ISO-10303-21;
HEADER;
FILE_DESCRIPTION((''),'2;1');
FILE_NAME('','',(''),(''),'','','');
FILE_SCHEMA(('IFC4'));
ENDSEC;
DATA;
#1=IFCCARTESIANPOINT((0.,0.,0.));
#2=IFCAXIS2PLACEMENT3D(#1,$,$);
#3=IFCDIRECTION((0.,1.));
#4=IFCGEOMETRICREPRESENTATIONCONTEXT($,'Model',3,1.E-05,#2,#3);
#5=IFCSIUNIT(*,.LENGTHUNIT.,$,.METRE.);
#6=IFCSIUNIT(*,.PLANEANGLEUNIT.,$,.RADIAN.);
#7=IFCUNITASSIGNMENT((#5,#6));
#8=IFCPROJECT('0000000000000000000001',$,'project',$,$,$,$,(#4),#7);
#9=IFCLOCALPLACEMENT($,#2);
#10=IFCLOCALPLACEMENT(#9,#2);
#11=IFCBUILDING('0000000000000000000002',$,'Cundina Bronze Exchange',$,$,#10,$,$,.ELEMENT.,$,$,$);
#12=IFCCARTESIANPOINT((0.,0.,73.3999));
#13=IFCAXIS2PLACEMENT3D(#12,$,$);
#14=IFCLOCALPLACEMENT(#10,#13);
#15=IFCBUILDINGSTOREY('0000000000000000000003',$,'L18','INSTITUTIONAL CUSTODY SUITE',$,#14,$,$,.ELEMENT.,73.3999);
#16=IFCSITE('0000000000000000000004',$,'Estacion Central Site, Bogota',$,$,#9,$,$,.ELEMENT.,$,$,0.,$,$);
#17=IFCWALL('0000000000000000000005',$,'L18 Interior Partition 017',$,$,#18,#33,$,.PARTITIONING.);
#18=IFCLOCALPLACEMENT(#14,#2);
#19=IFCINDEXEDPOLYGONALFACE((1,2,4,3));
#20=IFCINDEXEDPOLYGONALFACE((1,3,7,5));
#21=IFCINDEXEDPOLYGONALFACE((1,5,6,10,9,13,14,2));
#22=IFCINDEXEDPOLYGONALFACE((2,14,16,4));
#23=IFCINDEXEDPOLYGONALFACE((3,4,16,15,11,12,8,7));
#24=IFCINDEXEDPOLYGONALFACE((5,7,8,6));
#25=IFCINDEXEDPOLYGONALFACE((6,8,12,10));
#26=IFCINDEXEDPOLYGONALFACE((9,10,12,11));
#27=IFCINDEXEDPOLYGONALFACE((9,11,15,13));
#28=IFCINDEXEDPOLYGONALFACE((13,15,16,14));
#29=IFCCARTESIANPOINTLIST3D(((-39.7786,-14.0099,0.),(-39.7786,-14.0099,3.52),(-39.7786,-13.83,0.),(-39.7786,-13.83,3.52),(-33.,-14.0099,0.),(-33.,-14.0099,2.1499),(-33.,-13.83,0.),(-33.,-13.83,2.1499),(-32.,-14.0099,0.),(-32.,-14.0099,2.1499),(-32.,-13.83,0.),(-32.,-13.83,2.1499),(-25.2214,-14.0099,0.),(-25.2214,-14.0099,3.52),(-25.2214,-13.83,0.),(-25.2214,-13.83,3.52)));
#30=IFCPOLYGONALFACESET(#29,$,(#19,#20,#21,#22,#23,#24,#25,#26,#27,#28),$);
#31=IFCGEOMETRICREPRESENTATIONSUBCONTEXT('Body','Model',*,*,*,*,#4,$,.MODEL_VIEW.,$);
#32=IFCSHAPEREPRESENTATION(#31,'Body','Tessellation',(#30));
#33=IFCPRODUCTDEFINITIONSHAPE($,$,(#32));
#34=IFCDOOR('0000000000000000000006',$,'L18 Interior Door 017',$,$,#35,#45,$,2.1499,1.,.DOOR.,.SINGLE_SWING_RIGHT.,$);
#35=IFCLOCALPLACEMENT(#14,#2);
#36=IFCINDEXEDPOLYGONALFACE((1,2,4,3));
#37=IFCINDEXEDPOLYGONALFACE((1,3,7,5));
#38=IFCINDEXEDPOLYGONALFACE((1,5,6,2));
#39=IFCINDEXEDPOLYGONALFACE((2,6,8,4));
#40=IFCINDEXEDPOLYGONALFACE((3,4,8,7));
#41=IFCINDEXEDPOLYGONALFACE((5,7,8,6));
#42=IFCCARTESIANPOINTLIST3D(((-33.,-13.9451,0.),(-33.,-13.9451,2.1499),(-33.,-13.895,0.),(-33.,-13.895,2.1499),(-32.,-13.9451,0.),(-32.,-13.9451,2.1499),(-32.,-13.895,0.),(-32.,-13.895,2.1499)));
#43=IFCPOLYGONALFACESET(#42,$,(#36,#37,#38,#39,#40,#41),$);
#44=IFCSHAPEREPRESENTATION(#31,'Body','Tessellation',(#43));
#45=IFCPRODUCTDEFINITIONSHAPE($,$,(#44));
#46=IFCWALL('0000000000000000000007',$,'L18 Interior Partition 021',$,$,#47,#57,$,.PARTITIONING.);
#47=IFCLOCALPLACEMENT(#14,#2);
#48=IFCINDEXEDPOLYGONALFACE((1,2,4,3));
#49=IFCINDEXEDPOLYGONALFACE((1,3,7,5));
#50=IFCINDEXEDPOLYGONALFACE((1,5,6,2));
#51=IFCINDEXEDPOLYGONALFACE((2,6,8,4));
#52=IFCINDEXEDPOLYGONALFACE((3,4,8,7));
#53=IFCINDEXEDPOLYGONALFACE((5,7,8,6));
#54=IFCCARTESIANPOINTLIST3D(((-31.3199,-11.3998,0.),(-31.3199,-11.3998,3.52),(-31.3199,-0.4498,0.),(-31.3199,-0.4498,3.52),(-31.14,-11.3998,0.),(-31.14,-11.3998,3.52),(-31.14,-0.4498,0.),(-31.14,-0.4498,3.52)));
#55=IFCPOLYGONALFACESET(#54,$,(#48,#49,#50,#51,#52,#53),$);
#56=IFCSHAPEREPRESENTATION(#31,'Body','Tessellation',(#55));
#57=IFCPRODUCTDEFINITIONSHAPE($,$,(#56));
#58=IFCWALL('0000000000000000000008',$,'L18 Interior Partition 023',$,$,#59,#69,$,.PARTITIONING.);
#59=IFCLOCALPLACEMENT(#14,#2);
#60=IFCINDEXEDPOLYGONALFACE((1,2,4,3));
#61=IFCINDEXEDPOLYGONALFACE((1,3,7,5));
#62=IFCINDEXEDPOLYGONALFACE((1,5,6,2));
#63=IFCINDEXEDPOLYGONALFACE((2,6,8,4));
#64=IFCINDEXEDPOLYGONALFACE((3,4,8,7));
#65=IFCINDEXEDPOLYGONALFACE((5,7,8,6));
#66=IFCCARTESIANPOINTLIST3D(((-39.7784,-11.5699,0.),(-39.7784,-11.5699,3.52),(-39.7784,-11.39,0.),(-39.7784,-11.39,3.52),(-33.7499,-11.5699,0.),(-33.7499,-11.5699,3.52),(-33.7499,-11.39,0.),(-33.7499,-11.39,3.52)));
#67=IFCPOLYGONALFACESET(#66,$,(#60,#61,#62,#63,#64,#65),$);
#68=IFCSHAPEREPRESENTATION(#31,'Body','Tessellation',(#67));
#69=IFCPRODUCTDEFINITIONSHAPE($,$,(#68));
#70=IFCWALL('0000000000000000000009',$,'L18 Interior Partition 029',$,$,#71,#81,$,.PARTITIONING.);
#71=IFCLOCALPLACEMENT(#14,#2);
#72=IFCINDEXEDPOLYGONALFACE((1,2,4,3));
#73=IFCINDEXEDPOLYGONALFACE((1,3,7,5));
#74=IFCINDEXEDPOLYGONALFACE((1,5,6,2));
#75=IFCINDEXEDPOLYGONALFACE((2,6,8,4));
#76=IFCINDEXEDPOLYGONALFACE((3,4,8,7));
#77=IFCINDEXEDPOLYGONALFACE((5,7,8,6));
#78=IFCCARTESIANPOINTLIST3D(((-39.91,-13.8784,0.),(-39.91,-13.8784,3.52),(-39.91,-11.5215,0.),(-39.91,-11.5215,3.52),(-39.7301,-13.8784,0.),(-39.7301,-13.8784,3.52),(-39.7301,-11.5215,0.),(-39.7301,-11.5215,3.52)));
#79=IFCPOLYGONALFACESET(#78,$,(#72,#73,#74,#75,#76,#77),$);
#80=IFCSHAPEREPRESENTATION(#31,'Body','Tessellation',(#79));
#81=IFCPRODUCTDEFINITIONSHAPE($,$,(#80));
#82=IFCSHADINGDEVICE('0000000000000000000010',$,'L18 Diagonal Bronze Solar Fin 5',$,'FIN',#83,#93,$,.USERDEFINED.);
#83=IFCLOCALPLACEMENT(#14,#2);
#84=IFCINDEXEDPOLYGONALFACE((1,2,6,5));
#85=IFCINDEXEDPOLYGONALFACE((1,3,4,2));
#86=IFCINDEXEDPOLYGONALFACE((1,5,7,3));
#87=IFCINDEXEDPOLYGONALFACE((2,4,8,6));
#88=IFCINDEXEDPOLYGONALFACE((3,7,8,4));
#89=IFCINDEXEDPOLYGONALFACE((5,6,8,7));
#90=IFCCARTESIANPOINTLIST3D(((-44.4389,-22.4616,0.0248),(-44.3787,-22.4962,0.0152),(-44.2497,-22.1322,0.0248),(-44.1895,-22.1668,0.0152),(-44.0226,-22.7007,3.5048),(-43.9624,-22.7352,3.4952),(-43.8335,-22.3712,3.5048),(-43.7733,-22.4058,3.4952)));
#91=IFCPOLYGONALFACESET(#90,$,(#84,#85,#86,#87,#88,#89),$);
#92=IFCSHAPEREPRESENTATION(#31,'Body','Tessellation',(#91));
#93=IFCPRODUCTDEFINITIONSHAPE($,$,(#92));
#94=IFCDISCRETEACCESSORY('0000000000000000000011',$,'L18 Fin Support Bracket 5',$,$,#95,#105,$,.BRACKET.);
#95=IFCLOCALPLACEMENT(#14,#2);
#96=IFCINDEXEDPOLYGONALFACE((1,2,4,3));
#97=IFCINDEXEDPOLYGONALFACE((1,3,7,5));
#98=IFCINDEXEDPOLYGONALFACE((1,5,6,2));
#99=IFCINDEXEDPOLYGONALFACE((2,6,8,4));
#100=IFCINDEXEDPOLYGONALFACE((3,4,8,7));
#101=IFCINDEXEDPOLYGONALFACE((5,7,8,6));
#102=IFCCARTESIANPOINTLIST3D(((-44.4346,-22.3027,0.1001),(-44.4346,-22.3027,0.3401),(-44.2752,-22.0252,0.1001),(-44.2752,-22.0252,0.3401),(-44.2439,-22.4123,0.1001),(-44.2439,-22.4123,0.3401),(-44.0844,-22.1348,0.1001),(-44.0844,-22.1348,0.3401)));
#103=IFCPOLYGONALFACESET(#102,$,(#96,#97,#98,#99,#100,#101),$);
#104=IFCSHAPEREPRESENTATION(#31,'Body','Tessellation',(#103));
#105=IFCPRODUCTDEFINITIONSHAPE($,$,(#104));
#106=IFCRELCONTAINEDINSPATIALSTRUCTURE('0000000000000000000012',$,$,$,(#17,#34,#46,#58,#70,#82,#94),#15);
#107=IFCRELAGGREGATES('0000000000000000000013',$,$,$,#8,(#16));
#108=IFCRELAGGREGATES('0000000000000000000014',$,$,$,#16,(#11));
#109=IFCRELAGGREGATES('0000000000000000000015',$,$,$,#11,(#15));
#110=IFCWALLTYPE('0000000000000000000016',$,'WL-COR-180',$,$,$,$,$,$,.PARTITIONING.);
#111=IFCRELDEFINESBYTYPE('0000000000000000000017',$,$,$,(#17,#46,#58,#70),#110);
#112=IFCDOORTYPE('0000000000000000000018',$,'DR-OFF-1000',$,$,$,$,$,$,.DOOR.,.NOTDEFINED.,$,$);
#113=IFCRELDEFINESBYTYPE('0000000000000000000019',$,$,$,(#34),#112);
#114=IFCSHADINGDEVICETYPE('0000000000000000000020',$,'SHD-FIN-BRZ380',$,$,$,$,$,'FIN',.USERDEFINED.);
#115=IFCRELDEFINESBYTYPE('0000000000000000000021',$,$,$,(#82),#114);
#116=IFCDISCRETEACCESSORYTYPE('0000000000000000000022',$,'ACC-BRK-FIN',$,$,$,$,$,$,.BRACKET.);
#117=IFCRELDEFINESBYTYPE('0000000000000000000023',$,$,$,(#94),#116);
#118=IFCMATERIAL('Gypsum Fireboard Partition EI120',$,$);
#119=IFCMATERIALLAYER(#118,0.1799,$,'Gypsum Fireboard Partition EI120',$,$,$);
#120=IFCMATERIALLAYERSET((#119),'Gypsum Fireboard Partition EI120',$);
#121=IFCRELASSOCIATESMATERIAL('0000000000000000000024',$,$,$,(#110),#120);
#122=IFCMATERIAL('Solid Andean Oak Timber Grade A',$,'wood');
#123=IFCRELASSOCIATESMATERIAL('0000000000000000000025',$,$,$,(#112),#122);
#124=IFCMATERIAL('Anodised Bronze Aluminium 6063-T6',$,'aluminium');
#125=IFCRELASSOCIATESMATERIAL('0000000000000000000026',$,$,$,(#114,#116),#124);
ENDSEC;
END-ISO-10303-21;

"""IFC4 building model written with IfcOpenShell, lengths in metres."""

from ifc_helpers import new_model, si_unit, direction, frame, frame_2d, origin, origin_2d, place, context, subcontext, project, spatial, rectangle, extrude, material, layer, layer_set, material_profile, profile_set, type_object, element, fill, save


model = new_model("IFC4")

# Units and contexts
model_context = context("Model", 3, precision=1e-05, world=origin(), true_north=direction((0.0, 1.0)))
body_context = subcontext(model_context, "Body", "Model", "MODEL_VIEW")
ifc_project = project(units=[si_unit("LENGTHUNIT", "METRE"), si_unit("PLANEANGLEUNIT", "RADIAN")], contexts=[model_context])

# Site, building, storey
site_placement = place(None, origin())
site = spatial("IfcSite", under=ifc_project, at=site_placement, Name="Estacion Central Site, Bogota", CompositionType="ELEMENT", RefElevation=0.0)
building_placement = place(site_placement, origin())
building = spatial("IfcBuilding", under=site, at=building_placement, Name="Cundina Bronze Exchange", CompositionType="ELEMENT")
storey_placement = place(building_placement, frame((0.0, 0.0, 73.3999)))
storey = spatial("IfcBuildingStorey", under=building, at=storey_placement, Name="L18", Description="INSTITUTIONAL CUSTODY SUITE", CompositionType="ELEMENT", Elevation=73.3999)

# Shared definitions
ifc_material_1 = material(Name="Anodised Bronze Aluminium 6063-T6", Category="aluminium")

# Wall, opening, door
ifc_material_2 = material(Name="Gypsum Fireboard Partition EI120")
ifc_layer_1 = layer(ifc_material_2, 0.1799, Name="Gypsum Fireboard Partition EI120")
ifc_layer_set_1 = layer_set([ifc_layer_1], Name="Gypsum Fireboard Partition EI120")
wall_type = type_object("IfcWallType", Name="WL-COR-180", PredefinedType="PARTITIONING", material=ifc_layer_set_1)
wall_1_placement = place(storey_placement, frame((-39.7786, -13.9199, 0.0), z_axis=(0.0, 0.0, 1.0), x_axis=(1.0, 0.0, 0.0)))
wall_1 = element("IfcWall", 1, at=wall_1_placement, inside=storey, type_object=wall_type, Name="L18 Interior Partition 017", PredefinedType="PARTITIONING", context=body_context, shape_type="SweptSolid", body=[
    extrude(rectangle(XDim=14.5571, YDim=0.1799, at=frame_2d((7.2786, 0.0))), origin(), (0.0, 0.0, 1.0), 3.52),
])
opening_placement = place(wall_1_placement, frame((6.7786, 0.0, 0.0)))
opening = element("IfcOpeningElement", 2, at=opening_placement, cuts=wall_1, PredefinedType="OPENING", context=body_context, shape_type="SweptSolid", body=[
    extrude(rectangle(XDim=1.0, YDim=2.1499, at=frame_2d((0.5, 1.075))), frame((0.0, 0.0999, 0.0), z_axis=(0.0, -1.0, 0.0), x_axis=(1.0, 0.0, 0.0)), (0.0, 0.0, 1.0), 0.2),
])
ifc_material_3 = material(Name="Solid Andean Oak Timber Grade A", Category="wood")
door_type = type_object("IfcDoorType", Name="DR-OFF-1000", OperationType="NOTDEFINED", PredefinedType="DOOR", material=ifc_material_3)
door_placement = place(opening_placement, origin())
door = element("IfcDoor", 3, at=door_placement, inside=storey, type_object=door_type, Name="L18 Interior Door 017", OperationType="SINGLE_SWING_RIGHT", OverallHeight=2.1499, OverallWidth=1.0, PredefinedType="DOOR", context=body_context, shape_type="SweptSolid", body=[
    extrude(rectangle(XDim=1.0, YDim=2.1499, at=frame_2d((0.5, 1.075))), frame((0.0, 0.0249, 0.0), z_axis=(0.0, -1.0, 0.0), x_axis=(1.0, 0.0, 0.0)), (0.0, 0.0, 1.0), 0.05),
])
fill(opening, door)

# Walls
wall_2_placement = place(storey_placement, frame((-31.23, -11.3999, 0.0), z_axis=(0.0, 0.0, 1.0), x_axis=(0.0, 1.0, 0.0)))
element("IfcWall", 4, at=wall_2_placement, inside=storey, type_object=wall_type, Name="L18 Interior Partition 021", PredefinedType="PARTITIONING", context=body_context, shape_type="SweptSolid", body=[
    extrude(rectangle(XDim=10.95, YDim=0.1799, at=frame_2d((5.4751, 0.0))), origin(), (0.0, 0.0, 1.0), 3.52),
])
wall_3_placement = place(storey_placement, frame((-33.75, -11.48, 0.0), z_axis=(0.0, 0.0, 1.0), x_axis=(-1.0, 0.0, 0.0)))
element("IfcWall", 5, at=wall_3_placement, inside=storey, type_object=wall_type, Name="L18 Interior Partition 023", PredefinedType="PARTITIONING", context=body_context, shape_type="SweptSolid", body=[
    extrude(rectangle(XDim=6.0286, YDim=0.1799, at=frame_2d((3.0142, 0.0))), origin(), (0.0, 0.0, 1.0), 3.52),
])
wall_4_placement = place(storey_placement, frame((-39.8201, -11.5215, 0.0), z_axis=(0.0, 0.0, 1.0), x_axis=(0.0, -1.0, 0.0)))
element("IfcWall", 6, at=wall_4_placement, inside=storey, type_object=wall_type, Name="L18 Interior Partition 029", PredefinedType="PARTITIONING", context=body_context, shape_type="SweptSolid", body=[
    extrude(rectangle(XDim=2.3569, YDim=0.1799, at=frame_2d((1.1785, 0.0))), origin(), (0.0, 0.0, 1.0), 3.52),
])

# Shading device
ifc_material_profile_1 = material_profile(ifc_material_1, rectangle(XDim=0.0701, YDim=0.3799, at=origin_2d()), Name="FIN70X380", Category="aluminium")
ifc_profile_set_1 = profile_set([ifc_material_profile_1], Name="Anodised Bronze Aluminium 6063-T6")
shading_device_type = type_object("IfcShadingDeviceType", Name="SHD-FIN-BRZ380", ElementType="FIN", PredefinedType="USERDEFINED", material=ifc_profile_set_1)
shading_device_placement = place(storey_placement, frame((-44.3142, -22.3142, 0.02), z_axis=(0.118494, -0.068038, 0.990621), x_axis=(-0.859075, 0.493275, 0.136638)))
element("IfcShadingDevice", 7, at=shading_device_placement, inside=storey, type_object=shading_device_type, Name="L18 Diagonal Bronze Solar Fin 5", ObjectType="FIN", PredefinedType="USERDEFINED", context=body_context, shape_type="SweptSolid", body=[
    extrude(rectangle(XDim=0.0701, YDim=0.3799, at=origin_2d()), origin(), (0.0, 0.0, 1.0), 3.5129),
])

# Discrete accessory
discrete_accessory_type = type_object("IfcDiscreteAccessoryType", Name="ACC-BRK-FIN", PredefinedType="BRACKET", material=ifc_material_1)
discrete_accessory_placement = place(storey_placement, frame((-44.2595, -22.2188, 0.1001), z_axis=(0.0, 0.0, 1.0), x_axis=(0.867105, -0.498125, 0.0)))
element("IfcDiscreteAccessory", 8, at=discrete_accessory_placement, inside=storey, type_object=discrete_accessory_type, Name="L18 Fin Support Bracket 5", PredefinedType="BRACKET", context=body_context, shape_type="SweptSolid", body=[
    extrude(rectangle(XDim=0.22, YDim=0.3201, at=origin_2d()), origin(), (0.0, 0.0, 1.0), 0.24),
])

save(model, "model.ifc")
